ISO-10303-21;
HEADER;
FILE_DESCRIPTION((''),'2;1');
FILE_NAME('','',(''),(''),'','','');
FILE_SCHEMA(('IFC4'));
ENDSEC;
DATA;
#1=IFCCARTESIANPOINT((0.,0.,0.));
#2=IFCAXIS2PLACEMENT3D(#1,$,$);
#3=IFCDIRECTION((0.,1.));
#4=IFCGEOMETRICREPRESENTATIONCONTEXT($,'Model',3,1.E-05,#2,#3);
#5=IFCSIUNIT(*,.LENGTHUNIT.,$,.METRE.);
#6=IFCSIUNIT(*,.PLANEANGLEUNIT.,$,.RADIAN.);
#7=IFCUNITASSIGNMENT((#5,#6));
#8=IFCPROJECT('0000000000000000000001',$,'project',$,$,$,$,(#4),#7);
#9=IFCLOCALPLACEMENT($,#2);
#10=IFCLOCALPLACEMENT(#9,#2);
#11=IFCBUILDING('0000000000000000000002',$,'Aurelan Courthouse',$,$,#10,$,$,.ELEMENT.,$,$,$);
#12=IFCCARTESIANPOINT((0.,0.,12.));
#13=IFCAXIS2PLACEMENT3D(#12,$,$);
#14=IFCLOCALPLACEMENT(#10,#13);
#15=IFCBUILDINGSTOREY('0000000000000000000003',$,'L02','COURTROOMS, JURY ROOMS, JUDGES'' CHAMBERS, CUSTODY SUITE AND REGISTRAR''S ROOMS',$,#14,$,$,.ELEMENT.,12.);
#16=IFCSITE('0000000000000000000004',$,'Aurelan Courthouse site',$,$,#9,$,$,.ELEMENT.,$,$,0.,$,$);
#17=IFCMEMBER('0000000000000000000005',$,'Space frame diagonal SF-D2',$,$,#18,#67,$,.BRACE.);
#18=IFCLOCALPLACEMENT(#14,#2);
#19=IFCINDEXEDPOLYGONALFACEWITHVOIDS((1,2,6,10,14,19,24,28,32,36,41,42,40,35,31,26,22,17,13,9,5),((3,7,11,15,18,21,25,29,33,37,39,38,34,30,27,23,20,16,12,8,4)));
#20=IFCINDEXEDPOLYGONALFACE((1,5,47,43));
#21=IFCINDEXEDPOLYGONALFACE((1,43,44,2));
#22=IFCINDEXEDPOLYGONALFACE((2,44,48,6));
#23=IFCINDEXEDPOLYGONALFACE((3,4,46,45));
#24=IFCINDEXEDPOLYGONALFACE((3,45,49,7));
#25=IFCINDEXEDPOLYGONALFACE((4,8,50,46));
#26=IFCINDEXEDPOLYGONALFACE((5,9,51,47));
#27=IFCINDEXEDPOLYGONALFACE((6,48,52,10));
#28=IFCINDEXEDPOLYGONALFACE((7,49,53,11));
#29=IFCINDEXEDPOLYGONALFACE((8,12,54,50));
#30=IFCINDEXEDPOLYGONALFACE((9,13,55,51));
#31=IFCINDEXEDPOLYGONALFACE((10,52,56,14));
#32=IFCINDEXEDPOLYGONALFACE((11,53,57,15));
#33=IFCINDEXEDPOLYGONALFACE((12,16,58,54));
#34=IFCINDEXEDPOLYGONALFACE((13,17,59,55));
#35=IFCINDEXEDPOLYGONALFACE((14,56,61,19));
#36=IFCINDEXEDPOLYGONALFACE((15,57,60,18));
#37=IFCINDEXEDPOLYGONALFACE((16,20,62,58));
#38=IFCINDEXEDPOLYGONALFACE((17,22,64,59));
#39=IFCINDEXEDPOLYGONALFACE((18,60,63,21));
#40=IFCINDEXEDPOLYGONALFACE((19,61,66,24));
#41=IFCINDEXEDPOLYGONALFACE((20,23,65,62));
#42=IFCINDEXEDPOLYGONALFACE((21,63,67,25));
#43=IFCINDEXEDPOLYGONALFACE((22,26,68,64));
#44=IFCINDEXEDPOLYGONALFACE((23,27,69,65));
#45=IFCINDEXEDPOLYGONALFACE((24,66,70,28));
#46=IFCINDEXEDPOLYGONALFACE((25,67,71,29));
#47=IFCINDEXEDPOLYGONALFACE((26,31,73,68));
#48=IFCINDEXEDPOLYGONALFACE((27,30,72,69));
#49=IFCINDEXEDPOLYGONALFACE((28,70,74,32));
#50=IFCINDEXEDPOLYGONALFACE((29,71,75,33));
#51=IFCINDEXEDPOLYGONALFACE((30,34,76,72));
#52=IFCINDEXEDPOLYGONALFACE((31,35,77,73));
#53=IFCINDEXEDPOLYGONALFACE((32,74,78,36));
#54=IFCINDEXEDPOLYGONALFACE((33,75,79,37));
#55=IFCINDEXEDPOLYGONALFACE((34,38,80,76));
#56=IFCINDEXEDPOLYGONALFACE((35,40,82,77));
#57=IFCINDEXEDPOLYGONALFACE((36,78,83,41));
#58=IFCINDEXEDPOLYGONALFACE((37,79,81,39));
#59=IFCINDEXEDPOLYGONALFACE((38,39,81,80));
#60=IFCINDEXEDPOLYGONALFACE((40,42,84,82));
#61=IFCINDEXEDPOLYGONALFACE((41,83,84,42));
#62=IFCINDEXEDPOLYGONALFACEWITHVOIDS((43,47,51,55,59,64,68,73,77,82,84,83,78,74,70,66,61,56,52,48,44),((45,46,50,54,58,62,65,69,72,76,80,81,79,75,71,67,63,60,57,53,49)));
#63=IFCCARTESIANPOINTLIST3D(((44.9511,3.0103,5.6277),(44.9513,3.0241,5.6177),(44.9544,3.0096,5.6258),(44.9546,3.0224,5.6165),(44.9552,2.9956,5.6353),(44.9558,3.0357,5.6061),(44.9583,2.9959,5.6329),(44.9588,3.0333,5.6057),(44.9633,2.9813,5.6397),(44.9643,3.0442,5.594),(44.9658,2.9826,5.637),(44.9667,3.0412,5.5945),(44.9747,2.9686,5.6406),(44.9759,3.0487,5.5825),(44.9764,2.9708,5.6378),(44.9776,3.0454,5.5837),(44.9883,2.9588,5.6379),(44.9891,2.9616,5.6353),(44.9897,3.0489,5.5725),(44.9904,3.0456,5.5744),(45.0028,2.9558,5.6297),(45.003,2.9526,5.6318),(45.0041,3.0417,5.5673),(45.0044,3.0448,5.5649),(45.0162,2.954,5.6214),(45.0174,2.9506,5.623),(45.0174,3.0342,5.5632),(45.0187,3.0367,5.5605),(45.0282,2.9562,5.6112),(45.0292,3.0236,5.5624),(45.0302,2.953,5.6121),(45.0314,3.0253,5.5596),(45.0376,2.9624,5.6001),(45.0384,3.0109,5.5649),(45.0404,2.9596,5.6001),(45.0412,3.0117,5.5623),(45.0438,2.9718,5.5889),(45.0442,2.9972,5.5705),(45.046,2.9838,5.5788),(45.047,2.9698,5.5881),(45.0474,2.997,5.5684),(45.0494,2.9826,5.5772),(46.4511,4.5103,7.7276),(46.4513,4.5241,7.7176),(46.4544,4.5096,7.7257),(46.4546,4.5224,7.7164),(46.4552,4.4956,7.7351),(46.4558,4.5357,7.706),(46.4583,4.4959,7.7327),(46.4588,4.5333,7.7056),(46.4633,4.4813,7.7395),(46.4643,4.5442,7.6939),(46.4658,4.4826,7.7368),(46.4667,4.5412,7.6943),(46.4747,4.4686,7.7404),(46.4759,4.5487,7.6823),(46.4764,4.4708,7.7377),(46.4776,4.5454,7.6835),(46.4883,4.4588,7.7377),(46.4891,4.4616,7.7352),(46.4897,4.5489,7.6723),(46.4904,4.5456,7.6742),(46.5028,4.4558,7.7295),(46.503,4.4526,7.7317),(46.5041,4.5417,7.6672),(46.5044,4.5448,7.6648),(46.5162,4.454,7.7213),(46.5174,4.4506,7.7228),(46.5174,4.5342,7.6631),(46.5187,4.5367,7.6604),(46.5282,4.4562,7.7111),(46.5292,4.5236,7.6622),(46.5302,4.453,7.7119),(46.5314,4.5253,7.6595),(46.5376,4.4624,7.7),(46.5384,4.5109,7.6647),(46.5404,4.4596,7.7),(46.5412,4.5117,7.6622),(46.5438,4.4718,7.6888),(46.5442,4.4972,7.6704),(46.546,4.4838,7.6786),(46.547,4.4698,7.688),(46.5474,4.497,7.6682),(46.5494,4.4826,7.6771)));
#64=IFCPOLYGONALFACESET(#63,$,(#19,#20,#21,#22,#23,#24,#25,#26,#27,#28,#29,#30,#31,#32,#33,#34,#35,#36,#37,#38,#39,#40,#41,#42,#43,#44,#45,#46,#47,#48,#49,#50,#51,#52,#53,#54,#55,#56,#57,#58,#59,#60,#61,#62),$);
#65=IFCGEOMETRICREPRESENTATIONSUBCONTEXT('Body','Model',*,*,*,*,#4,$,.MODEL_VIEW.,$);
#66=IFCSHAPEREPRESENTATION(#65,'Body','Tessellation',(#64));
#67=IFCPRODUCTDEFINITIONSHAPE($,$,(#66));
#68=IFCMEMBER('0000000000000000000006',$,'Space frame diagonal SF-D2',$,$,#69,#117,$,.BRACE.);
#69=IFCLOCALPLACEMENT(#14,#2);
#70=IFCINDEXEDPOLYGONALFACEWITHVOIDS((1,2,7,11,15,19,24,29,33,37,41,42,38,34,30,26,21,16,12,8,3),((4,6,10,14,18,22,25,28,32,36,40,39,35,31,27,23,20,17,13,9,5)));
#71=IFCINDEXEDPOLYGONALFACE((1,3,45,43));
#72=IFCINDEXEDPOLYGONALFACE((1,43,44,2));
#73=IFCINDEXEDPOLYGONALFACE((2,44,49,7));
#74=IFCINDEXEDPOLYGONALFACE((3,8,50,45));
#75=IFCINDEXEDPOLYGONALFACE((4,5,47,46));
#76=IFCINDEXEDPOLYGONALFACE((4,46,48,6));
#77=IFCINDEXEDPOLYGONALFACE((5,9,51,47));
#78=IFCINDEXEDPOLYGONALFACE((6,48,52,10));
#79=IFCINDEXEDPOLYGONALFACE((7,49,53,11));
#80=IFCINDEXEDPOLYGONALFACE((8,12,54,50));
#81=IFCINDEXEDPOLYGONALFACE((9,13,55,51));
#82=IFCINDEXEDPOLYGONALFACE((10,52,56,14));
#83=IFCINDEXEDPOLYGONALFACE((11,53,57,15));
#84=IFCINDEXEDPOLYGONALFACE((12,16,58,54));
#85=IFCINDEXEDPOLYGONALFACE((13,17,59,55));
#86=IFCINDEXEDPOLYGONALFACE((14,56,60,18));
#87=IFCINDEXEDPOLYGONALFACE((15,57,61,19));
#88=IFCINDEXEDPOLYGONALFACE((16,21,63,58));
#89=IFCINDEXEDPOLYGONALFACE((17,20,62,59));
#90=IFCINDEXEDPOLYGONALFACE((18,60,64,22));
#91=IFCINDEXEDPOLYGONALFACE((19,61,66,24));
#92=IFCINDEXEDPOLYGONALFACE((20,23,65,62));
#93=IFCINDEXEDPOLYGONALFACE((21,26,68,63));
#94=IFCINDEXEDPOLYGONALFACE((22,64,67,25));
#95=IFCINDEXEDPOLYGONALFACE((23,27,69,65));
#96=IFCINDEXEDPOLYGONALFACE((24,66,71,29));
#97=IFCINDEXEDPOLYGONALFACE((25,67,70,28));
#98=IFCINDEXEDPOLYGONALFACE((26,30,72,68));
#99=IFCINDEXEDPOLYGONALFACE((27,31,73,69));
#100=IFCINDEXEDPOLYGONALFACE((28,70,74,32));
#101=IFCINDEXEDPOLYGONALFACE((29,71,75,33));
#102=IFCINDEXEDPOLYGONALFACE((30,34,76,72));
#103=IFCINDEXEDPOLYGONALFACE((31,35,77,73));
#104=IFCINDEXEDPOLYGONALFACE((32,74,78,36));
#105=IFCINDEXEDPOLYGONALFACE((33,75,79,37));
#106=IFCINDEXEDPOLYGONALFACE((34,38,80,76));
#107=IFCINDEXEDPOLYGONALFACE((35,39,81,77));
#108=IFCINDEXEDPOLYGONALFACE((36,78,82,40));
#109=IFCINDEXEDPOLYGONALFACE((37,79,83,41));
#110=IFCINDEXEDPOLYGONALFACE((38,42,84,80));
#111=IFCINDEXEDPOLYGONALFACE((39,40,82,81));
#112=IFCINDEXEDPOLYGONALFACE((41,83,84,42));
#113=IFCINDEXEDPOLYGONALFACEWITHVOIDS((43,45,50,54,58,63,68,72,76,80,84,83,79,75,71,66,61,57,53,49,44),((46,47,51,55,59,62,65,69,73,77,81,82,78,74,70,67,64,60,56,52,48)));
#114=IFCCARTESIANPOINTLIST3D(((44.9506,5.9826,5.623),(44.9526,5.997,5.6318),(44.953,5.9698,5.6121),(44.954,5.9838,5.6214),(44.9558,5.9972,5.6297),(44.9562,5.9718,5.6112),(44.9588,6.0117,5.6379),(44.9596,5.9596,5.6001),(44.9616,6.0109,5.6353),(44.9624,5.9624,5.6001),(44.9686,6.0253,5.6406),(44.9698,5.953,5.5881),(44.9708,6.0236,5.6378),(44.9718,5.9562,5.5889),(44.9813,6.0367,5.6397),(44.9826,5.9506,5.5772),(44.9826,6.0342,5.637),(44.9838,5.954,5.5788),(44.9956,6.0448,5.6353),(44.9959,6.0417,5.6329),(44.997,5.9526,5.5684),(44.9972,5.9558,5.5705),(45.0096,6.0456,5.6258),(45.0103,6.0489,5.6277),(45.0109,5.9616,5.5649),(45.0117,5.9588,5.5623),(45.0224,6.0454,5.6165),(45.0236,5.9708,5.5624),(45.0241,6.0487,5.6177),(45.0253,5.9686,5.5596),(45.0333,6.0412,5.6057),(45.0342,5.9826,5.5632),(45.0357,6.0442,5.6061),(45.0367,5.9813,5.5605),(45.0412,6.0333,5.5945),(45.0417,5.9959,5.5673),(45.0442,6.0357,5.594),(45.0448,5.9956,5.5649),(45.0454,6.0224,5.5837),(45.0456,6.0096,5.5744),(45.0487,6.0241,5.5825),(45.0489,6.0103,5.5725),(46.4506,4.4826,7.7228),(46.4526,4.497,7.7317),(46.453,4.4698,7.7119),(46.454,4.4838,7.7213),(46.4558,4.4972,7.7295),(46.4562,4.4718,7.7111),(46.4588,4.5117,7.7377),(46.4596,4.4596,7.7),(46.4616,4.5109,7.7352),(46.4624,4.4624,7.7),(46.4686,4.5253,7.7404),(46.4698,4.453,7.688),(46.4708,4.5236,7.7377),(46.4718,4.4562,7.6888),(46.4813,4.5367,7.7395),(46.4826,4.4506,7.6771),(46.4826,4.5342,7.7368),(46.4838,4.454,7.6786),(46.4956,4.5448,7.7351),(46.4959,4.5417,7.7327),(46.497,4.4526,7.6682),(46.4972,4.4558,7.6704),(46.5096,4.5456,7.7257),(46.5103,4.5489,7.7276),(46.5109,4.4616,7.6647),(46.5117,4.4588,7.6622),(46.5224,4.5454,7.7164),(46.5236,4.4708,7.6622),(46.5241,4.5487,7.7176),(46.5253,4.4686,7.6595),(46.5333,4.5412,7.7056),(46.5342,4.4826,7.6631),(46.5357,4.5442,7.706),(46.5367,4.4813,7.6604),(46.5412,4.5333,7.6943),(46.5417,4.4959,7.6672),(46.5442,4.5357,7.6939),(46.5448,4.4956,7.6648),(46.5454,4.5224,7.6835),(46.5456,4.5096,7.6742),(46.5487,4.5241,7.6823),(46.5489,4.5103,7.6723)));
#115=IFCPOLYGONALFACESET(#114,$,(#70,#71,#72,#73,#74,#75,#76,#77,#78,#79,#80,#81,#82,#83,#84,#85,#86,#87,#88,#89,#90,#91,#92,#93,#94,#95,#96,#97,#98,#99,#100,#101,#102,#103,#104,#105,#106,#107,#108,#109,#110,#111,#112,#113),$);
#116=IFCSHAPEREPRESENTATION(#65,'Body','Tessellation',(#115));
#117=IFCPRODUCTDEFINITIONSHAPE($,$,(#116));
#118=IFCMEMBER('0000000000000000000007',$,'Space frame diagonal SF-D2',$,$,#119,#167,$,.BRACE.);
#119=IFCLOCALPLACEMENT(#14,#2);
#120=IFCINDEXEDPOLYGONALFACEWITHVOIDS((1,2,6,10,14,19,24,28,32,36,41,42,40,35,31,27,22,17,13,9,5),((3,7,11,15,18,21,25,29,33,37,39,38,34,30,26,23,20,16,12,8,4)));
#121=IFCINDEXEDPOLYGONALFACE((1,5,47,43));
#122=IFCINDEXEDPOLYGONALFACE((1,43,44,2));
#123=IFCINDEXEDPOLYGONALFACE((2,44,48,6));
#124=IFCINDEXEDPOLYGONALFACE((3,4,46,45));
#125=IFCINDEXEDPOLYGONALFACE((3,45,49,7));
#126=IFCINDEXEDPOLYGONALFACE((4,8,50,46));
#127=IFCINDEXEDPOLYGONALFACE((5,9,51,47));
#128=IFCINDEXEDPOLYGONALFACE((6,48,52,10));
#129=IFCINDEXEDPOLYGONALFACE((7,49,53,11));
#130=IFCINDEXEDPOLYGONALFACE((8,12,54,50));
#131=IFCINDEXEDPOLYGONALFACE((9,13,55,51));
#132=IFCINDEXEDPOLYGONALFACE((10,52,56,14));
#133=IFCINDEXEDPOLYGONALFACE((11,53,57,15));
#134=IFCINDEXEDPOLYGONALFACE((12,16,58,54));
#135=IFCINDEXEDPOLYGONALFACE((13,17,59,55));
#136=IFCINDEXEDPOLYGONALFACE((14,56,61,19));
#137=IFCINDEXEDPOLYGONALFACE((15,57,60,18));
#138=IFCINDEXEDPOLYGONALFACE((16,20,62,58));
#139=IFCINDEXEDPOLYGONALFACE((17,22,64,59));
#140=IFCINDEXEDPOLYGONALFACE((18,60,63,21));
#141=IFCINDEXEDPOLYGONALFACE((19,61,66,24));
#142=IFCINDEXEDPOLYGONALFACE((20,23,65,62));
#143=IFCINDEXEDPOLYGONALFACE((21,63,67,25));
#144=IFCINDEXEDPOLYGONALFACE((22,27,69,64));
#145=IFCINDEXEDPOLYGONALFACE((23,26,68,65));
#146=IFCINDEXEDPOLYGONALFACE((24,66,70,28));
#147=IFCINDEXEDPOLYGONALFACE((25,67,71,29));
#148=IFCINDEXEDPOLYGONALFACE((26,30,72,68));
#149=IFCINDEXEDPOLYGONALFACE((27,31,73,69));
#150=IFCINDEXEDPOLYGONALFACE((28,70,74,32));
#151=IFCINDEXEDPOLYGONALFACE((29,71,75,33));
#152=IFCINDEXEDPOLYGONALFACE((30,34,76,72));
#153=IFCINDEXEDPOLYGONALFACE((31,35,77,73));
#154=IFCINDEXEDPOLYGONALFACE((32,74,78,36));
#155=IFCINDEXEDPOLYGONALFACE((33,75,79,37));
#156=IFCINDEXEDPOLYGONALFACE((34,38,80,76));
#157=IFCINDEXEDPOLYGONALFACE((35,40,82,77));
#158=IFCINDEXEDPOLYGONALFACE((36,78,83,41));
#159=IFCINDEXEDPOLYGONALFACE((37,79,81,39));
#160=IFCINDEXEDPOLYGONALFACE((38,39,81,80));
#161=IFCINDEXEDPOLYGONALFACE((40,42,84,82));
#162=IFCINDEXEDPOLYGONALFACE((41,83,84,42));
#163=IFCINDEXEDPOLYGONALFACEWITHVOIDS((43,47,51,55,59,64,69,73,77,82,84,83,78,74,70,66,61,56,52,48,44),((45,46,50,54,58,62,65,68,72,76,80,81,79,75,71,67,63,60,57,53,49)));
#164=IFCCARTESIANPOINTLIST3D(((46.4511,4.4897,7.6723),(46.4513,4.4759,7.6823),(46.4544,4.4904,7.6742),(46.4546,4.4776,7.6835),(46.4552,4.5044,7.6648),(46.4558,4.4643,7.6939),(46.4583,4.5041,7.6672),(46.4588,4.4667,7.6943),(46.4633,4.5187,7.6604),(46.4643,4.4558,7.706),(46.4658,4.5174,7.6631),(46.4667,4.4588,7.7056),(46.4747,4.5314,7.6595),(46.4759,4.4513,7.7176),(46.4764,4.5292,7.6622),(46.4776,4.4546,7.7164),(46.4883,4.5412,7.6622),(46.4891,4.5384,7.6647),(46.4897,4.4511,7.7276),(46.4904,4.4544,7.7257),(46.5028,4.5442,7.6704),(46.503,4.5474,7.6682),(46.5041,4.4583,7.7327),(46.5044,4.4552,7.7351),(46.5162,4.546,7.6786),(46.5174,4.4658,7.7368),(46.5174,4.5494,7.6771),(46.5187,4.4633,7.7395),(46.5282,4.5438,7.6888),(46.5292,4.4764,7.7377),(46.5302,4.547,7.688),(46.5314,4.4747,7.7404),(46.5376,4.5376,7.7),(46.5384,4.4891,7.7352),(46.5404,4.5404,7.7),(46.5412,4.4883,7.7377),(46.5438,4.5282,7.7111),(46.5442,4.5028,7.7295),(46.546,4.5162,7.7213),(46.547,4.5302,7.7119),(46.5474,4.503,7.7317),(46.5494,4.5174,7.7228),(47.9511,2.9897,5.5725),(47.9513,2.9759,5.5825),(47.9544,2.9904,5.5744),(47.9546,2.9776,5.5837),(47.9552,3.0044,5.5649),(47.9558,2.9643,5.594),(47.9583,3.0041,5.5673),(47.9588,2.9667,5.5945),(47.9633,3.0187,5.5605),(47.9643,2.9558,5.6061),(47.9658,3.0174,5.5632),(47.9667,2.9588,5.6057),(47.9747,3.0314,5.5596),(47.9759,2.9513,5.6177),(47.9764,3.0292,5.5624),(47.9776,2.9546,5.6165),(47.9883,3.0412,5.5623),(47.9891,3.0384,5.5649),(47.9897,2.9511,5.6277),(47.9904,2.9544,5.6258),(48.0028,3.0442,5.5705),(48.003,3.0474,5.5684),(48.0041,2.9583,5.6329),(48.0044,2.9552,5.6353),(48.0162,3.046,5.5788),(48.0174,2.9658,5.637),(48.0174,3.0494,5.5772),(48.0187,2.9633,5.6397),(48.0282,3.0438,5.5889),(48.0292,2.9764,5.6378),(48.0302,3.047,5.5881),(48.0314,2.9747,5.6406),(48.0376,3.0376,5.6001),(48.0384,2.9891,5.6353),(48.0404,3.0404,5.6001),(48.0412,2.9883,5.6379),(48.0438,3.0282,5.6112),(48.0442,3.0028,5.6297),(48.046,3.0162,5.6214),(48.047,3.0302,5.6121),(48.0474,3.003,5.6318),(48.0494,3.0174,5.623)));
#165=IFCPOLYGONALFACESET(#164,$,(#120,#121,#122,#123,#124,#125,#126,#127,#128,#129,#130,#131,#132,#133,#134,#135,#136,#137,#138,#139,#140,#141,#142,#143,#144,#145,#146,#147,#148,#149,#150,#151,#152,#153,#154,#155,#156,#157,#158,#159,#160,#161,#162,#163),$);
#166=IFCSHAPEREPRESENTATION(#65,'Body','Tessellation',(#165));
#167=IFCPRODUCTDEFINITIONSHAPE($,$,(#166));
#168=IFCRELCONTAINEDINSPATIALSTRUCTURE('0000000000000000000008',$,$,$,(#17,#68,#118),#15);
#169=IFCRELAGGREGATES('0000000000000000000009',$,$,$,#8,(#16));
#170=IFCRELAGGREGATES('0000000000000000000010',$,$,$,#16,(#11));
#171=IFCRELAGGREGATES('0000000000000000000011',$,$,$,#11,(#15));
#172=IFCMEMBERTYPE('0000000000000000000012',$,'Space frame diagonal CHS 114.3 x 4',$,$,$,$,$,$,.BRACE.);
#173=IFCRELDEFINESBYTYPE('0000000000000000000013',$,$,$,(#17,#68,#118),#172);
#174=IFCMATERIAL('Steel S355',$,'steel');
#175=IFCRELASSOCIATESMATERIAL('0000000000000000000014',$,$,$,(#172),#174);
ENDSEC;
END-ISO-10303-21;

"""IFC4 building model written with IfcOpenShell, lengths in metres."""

from ifc_helpers import new_model, si_unit, direction, frame, origin, origin_2d, place, context, subcontext, project, spatial, hollow_circle, extrude, material, material_profile, profile_set, type_object, element, save


model = new_model("IFC4")

# Units and contexts
model_context = context("Model", 3, precision=1e-05, world=origin(), true_north=direction((0.0, 1.0)))
body_context = subcontext(model_context, "Body", "Model", "MODEL_VIEW")
ifc_project = project(units=[si_unit("LENGTHUNIT", "METRE"), si_unit("PLANEANGLEUNIT", "RADIAN")], contexts=[model_context])

# Site, building, storey
site_placement = place(None, origin())
site = spatial("IfcSite", under=ifc_project, at=site_placement, Name="Aurelan Courthouse site", CompositionType="ELEMENT", RefElevation=0.0)
building_placement = place(site_placement, origin())
building = spatial("IfcBuilding", under=site, at=building_placement, Name="Aurelan Courthouse", CompositionType="ELEMENT")
storey_placement = place(building_placement, frame((0.0, 0.0, 12.0)))
storey = spatial("IfcBuildingStorey", under=building, at=storey_placement, Name="L02", Description="COURTROOMS, JURY ROOMS, JUDGES' CHAMBERS, CUSTODY SUITE AND REGISTRAR'S ROOMS", CompositionType="ELEMENT", Elevation=12.0)

# Members
ifc_material_1 = material(Name="Steel S355", Category="steel")
ifc_material_profile_1 = material_profile(ifc_material_1, hollow_circle(Radius=0.0571, WallThickness=0.0039, at=origin_2d()), Name="CHS 114.3 x 4")
ifc_profile_set_1 = profile_set([ifc_material_profile_1], Name="Steel S355")
member_type_1 = type_object("IfcMemberType", Name="Space frame diagonal CHS 114.3 x 4", PredefinedType="BRACE", material=ifc_profile_set_1)
for number, where, z_axis, x_axis, name in (
    (1, (46.5, 4.5, 7.7), (-0.502536, -0.502536, -0.703502), (0.707107, -0.707107, 0.0), "Space frame diagonal SF-D2"),
    (2, (46.5, 4.5, 7.7), (-0.502536, 0.502536, -0.703502), (-0.707107, -0.707107, 0.0), "Space frame diagonal SF-D2"),
    (3, (46.5, 4.5, 7.7), (0.502536, -0.502536, -0.703502), (0.707107, 0.707107, 0.0), "Space frame diagonal SF-D2"),
):
    element("IfcMember", number, at=place(storey_placement, frame(where, z_axis=z_axis, x_axis=x_axis)), inside=storey, type_object=member_type_1, Name=name, PredefinedType="BRACE", context=body_context, shape_type="SweptSolid", body=[
        extrude(hollow_circle(Radius=0.0571, WallThickness=0.0039, at=origin_2d()), origin(), (0.0, 0.0, 1.0), 2.9849),
    ])

save(model, "model.ifc")
